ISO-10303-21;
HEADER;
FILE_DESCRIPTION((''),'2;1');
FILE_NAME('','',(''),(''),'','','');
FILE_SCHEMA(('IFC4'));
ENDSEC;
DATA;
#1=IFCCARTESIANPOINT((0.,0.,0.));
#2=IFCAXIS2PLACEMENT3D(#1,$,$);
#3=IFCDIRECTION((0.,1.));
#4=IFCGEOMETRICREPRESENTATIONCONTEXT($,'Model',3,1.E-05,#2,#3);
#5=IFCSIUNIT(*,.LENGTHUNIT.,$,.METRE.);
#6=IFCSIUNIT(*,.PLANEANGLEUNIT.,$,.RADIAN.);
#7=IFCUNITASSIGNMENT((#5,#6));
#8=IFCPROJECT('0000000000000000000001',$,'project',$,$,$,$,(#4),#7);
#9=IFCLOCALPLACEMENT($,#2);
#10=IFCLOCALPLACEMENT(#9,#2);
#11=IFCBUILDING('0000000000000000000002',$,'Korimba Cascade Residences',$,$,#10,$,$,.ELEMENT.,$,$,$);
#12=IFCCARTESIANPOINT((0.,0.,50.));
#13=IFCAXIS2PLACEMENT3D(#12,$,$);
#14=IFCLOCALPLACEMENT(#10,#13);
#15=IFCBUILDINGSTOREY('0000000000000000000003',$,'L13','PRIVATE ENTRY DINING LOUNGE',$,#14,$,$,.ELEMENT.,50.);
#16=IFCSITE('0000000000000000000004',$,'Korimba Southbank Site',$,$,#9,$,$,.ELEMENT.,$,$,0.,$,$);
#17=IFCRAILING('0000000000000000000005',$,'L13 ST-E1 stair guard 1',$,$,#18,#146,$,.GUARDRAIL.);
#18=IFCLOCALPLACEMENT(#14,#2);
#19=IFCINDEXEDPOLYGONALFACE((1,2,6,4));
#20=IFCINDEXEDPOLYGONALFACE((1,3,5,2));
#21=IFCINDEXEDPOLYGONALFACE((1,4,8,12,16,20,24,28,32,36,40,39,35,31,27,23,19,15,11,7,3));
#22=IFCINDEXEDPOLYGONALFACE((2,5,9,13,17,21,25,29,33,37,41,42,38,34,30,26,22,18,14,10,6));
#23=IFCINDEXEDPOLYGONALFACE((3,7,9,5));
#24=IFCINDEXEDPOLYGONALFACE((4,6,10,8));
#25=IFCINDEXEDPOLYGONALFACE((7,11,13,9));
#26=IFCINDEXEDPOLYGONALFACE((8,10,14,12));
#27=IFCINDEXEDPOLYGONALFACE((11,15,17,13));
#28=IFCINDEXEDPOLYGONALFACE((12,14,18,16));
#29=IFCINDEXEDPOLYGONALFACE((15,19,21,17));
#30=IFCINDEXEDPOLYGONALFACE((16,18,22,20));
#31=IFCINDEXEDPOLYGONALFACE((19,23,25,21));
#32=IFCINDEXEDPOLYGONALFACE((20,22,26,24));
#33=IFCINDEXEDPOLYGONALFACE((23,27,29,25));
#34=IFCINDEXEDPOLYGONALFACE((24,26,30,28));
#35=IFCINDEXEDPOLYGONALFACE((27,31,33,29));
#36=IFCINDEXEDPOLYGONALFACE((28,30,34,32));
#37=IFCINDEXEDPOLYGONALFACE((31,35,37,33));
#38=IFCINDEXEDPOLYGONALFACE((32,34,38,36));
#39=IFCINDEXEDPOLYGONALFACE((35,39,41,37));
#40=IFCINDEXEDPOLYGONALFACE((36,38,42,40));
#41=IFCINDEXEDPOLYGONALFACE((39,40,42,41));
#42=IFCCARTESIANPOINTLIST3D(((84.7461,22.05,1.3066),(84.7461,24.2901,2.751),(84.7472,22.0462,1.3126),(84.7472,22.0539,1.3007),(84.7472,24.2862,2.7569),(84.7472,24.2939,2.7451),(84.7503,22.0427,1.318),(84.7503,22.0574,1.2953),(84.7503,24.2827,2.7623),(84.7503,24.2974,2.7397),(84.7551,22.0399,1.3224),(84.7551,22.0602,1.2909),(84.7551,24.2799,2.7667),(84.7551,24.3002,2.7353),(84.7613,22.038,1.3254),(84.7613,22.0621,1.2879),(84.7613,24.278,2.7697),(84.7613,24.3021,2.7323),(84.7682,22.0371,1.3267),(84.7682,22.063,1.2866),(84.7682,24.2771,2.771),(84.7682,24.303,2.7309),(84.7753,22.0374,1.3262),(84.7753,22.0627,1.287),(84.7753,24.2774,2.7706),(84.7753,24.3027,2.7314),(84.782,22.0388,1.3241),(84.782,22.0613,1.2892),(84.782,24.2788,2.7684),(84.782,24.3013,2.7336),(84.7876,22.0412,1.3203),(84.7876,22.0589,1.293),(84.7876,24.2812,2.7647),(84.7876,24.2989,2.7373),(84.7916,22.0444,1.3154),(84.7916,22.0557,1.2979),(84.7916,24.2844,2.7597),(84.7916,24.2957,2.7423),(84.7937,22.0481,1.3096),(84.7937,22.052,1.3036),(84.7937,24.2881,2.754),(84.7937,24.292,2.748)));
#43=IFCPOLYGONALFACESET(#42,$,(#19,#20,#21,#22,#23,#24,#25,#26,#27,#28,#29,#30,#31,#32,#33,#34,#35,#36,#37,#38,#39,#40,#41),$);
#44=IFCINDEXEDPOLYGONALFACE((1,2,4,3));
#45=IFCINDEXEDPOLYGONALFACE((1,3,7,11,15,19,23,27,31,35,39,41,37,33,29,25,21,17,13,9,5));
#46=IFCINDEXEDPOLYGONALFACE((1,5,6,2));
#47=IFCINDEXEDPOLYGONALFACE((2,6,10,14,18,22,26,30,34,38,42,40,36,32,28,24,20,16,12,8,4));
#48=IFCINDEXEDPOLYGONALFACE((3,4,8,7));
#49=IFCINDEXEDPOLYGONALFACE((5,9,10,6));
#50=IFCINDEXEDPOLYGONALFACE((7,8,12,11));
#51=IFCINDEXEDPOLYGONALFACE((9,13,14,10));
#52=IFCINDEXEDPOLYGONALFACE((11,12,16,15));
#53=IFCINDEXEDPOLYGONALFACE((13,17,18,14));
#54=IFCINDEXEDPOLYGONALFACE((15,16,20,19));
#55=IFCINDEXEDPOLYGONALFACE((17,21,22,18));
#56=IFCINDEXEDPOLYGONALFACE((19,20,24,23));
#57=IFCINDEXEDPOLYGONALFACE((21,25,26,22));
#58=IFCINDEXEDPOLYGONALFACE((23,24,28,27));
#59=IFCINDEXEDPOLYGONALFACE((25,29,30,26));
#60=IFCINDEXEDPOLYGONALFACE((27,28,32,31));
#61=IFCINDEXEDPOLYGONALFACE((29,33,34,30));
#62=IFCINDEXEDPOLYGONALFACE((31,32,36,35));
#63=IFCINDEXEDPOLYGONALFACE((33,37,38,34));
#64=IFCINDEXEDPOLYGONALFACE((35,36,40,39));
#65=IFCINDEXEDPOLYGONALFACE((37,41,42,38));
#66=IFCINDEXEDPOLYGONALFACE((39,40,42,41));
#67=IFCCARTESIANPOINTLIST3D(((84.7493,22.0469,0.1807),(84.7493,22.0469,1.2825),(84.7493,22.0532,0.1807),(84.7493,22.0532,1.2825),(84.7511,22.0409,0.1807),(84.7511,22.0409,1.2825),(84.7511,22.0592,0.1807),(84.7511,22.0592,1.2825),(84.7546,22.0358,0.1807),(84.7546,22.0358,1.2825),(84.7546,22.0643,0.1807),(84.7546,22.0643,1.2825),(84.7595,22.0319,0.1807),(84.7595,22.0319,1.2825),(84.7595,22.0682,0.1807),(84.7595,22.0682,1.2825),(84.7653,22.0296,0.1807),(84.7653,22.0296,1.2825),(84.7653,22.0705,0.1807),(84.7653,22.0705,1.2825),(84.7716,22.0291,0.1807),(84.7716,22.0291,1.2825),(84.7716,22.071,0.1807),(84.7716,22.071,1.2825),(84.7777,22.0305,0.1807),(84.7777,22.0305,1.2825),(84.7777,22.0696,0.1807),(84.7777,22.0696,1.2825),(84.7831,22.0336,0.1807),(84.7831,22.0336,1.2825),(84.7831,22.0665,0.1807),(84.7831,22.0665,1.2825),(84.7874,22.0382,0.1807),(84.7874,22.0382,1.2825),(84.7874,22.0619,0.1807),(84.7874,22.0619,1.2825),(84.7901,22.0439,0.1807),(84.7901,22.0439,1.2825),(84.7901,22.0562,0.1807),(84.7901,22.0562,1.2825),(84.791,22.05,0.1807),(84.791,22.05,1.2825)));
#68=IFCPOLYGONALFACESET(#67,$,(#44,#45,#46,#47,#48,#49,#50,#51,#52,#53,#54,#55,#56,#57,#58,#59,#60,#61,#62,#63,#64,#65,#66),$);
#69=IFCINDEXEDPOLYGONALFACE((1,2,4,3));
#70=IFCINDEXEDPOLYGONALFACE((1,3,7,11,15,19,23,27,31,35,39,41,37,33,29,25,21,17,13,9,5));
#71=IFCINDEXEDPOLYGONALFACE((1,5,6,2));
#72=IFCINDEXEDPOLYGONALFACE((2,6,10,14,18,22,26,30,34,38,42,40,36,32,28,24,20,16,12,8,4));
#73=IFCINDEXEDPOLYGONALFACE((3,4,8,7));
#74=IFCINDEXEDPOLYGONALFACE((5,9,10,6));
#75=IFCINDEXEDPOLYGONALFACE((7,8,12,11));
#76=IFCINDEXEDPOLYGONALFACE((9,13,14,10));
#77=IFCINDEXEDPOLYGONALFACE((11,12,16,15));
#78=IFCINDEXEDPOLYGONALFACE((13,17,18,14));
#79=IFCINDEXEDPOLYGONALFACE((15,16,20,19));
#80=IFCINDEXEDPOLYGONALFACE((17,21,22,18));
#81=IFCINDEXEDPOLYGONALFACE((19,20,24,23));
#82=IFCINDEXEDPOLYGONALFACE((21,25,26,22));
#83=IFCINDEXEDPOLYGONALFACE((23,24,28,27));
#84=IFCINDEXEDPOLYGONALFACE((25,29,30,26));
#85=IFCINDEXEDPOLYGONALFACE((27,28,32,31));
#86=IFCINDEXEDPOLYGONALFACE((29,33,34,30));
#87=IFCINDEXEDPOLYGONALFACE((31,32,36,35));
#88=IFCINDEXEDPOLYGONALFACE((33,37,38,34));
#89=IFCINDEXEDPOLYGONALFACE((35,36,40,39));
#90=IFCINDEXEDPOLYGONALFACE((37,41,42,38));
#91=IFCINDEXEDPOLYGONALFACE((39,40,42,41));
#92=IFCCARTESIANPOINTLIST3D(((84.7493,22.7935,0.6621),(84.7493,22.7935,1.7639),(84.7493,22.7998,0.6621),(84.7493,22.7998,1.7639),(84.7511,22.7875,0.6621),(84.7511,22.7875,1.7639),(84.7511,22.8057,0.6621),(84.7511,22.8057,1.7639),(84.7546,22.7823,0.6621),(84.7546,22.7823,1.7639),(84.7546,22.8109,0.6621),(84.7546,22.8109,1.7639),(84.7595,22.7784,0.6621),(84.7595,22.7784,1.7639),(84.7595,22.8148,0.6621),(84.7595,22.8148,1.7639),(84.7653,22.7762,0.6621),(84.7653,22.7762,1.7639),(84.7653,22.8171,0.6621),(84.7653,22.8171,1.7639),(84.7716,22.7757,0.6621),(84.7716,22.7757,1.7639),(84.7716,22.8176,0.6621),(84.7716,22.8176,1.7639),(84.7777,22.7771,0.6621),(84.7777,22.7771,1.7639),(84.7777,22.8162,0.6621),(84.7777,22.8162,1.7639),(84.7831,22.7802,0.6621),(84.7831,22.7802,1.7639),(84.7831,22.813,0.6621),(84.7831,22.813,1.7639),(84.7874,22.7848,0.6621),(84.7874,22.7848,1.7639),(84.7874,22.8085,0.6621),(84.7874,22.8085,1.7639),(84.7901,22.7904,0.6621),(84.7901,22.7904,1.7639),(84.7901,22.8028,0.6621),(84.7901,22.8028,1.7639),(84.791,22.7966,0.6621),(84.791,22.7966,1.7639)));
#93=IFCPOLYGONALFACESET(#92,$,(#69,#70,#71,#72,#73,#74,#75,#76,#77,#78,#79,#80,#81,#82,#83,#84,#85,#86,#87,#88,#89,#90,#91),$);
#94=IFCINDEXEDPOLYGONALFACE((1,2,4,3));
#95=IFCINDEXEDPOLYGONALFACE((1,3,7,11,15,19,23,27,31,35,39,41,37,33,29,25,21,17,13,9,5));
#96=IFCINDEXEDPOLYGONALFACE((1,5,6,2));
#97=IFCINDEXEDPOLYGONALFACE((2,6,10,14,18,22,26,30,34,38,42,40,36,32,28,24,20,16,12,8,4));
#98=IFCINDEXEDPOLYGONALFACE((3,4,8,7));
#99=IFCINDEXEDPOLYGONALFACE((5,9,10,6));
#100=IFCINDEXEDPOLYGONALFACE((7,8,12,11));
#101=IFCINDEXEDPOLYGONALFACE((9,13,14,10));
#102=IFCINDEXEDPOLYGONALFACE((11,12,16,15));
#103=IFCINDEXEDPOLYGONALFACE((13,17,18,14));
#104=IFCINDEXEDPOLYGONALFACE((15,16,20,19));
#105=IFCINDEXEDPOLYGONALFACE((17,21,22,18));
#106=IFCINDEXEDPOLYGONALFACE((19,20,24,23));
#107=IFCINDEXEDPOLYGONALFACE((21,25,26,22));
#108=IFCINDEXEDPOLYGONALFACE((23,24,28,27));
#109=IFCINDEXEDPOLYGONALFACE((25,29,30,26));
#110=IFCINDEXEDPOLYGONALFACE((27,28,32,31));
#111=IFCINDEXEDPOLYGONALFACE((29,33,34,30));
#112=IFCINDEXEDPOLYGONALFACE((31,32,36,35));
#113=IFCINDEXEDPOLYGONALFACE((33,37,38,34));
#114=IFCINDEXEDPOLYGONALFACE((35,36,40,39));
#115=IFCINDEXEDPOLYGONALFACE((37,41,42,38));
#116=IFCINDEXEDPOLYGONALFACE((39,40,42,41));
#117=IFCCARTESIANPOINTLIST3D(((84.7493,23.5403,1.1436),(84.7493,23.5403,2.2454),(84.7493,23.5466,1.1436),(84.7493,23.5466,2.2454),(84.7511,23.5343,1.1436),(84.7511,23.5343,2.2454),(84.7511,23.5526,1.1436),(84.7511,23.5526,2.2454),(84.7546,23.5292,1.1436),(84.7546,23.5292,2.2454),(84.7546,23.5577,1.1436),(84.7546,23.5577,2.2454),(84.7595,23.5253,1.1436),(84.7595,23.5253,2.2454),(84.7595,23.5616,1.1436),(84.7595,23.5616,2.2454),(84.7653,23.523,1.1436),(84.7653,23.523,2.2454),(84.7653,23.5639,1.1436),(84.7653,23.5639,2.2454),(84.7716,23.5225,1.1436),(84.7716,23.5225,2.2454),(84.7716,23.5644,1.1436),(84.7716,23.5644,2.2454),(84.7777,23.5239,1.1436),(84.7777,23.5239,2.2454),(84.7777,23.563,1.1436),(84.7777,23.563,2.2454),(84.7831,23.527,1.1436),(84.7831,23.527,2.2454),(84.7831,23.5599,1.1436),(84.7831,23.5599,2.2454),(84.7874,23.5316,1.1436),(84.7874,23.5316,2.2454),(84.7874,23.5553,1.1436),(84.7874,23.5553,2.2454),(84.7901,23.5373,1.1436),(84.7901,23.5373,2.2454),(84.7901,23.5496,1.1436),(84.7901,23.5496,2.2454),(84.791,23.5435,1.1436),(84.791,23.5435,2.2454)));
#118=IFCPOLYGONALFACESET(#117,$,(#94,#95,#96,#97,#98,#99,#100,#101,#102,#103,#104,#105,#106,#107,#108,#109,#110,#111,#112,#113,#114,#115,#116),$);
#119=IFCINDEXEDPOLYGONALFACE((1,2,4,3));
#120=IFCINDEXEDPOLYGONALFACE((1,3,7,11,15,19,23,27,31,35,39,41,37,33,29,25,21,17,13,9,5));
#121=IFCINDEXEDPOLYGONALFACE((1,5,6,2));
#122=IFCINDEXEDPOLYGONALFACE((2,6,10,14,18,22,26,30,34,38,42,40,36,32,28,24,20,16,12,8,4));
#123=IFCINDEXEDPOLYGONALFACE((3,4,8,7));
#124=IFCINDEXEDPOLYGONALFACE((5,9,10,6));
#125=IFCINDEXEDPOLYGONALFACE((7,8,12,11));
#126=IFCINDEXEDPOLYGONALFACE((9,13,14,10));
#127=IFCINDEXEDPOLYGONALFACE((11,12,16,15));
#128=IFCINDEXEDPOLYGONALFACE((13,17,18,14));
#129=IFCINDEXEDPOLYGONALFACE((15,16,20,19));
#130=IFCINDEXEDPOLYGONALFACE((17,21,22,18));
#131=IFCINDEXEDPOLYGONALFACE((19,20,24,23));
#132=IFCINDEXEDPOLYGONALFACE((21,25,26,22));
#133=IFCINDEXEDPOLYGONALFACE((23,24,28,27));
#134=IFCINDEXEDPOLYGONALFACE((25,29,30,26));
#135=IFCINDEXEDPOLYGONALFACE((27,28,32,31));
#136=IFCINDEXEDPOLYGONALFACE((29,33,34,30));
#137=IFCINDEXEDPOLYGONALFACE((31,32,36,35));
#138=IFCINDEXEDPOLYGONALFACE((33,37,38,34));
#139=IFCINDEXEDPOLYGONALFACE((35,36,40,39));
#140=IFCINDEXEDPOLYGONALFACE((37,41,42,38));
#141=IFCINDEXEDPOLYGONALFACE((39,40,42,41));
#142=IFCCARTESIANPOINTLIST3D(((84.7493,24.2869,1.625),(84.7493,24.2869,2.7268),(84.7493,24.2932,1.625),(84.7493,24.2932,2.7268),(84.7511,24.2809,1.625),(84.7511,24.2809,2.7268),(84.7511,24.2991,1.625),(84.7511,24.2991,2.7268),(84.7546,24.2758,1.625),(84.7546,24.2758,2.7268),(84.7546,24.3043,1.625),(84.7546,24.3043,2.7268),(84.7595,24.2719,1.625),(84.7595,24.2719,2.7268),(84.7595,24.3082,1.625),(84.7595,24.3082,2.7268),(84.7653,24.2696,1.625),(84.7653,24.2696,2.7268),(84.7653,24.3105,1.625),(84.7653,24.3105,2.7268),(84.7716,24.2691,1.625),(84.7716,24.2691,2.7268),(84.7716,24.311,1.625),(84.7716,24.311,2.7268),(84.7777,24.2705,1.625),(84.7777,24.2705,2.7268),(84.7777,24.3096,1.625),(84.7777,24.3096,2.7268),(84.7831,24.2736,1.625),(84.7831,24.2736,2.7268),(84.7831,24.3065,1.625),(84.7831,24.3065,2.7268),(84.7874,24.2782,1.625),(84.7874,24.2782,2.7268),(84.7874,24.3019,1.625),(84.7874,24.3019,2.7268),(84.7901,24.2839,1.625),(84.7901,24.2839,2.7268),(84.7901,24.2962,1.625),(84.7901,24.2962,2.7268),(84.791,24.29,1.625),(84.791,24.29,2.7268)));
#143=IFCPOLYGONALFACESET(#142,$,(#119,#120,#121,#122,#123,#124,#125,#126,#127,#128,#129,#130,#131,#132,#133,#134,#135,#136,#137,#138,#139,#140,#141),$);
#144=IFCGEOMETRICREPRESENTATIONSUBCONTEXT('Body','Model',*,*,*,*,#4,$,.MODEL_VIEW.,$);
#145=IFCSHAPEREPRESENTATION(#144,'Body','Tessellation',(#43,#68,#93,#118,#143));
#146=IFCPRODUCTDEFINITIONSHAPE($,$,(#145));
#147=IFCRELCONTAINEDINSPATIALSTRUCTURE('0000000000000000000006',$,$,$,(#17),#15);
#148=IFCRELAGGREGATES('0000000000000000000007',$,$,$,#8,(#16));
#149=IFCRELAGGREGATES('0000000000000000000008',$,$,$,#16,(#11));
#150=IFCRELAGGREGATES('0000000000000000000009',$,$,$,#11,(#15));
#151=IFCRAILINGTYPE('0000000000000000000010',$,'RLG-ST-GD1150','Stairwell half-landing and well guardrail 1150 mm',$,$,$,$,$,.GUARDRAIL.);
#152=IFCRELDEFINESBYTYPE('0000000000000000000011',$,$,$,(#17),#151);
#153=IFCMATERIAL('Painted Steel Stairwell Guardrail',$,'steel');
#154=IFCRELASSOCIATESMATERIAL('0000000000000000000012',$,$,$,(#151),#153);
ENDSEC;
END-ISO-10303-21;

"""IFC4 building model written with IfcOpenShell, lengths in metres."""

from ifc_helpers import new_model, si_unit, direction, frame, origin, origin_2d, place, context, subcontext, project, spatial, circle, extrude, material, type_object, element, save


model = new_model("IFC4")

# Units and contexts
model_context = context("Model", 3, precision=1e-05, world=origin(), true_north=direction((0.0, 1.0)))
body_context = subcontext(model_context, "Body", "Model", "MODEL_VIEW")
ifc_project = project(units=[si_unit("LENGTHUNIT", "METRE"), si_unit("PLANEANGLEUNIT", "RADIAN")], contexts=[model_context])

# Site, building, storey
site_placement = place(None, origin())
site = spatial("IfcSite", under=ifc_project, at=site_placement, Name="Korimba Southbank Site", CompositionType="ELEMENT", RefElevation=0.0)
building_placement = place(site_placement, origin())
building = spatial("IfcBuilding", under=site, at=building_placement, Name="Korimba Cascade Residences", CompositionType="ELEMENT")
storey_placement = place(building_placement, frame((0.0, 0.0, 50.0)))
storey = spatial("IfcBuildingStorey", under=building, at=storey_placement, Name="L13", Description="PRIVATE ENTRY DINING LOUNGE", CompositionType="ELEMENT", Elevation=50.0)

# Railing
ifc_material_1 = material(Name="Painted Steel Stairwell Guardrail", Category="steel")
railing_type_1 = type_object("IfcRailingType", Name="RLG-ST-GD1150", Description="Stairwell half-landing and well guardrail 1150 mm", PredefinedType="GUARDRAIL", material=ifc_material_1)
railing_1_placement = place(storey_placement, frame((84.77, 22.05, 0.1807)))
element("IfcRailing", 1, at=railing_1_placement, inside=storey, type_object=railing_type_1, Name="L13 ST-E1 stair guard 1", PredefinedType="GUARDRAIL", context=body_context, shape_type="SweptSolid", body=[
    extrude(circle(Radius=0.0239, at=origin_2d()), frame((0.0, 0.0, 1.126), z_axis=(0.0, 0.840437, 0.54191), x_axis=(-1.0, 0.0, 0.0)), (0.0, 0.0, 1.0), 2.6653),
    extrude(circle(Radius=0.021, at=origin_2d()), origin(), (0.0, 0.0, 1.0), 1.1018),
    extrude(circle(Radius=0.021, at=origin_2d()), frame((0.0, 0.7466, 0.4814)), (0.0, 0.0, 1.0), 1.1018),
    extrude(circle(Radius=0.021, at=origin_2d()), frame((0.0, 1.4934, 0.9629)), (0.0, 0.0, 1.0), 1.1018),
    extrude(circle(Radius=0.021, at=origin_2d()), frame((0.0, 2.24, 1.4443)), (0.0, 0.0, 1.0), 1.1018),
])

save(model, "model.ifc")
